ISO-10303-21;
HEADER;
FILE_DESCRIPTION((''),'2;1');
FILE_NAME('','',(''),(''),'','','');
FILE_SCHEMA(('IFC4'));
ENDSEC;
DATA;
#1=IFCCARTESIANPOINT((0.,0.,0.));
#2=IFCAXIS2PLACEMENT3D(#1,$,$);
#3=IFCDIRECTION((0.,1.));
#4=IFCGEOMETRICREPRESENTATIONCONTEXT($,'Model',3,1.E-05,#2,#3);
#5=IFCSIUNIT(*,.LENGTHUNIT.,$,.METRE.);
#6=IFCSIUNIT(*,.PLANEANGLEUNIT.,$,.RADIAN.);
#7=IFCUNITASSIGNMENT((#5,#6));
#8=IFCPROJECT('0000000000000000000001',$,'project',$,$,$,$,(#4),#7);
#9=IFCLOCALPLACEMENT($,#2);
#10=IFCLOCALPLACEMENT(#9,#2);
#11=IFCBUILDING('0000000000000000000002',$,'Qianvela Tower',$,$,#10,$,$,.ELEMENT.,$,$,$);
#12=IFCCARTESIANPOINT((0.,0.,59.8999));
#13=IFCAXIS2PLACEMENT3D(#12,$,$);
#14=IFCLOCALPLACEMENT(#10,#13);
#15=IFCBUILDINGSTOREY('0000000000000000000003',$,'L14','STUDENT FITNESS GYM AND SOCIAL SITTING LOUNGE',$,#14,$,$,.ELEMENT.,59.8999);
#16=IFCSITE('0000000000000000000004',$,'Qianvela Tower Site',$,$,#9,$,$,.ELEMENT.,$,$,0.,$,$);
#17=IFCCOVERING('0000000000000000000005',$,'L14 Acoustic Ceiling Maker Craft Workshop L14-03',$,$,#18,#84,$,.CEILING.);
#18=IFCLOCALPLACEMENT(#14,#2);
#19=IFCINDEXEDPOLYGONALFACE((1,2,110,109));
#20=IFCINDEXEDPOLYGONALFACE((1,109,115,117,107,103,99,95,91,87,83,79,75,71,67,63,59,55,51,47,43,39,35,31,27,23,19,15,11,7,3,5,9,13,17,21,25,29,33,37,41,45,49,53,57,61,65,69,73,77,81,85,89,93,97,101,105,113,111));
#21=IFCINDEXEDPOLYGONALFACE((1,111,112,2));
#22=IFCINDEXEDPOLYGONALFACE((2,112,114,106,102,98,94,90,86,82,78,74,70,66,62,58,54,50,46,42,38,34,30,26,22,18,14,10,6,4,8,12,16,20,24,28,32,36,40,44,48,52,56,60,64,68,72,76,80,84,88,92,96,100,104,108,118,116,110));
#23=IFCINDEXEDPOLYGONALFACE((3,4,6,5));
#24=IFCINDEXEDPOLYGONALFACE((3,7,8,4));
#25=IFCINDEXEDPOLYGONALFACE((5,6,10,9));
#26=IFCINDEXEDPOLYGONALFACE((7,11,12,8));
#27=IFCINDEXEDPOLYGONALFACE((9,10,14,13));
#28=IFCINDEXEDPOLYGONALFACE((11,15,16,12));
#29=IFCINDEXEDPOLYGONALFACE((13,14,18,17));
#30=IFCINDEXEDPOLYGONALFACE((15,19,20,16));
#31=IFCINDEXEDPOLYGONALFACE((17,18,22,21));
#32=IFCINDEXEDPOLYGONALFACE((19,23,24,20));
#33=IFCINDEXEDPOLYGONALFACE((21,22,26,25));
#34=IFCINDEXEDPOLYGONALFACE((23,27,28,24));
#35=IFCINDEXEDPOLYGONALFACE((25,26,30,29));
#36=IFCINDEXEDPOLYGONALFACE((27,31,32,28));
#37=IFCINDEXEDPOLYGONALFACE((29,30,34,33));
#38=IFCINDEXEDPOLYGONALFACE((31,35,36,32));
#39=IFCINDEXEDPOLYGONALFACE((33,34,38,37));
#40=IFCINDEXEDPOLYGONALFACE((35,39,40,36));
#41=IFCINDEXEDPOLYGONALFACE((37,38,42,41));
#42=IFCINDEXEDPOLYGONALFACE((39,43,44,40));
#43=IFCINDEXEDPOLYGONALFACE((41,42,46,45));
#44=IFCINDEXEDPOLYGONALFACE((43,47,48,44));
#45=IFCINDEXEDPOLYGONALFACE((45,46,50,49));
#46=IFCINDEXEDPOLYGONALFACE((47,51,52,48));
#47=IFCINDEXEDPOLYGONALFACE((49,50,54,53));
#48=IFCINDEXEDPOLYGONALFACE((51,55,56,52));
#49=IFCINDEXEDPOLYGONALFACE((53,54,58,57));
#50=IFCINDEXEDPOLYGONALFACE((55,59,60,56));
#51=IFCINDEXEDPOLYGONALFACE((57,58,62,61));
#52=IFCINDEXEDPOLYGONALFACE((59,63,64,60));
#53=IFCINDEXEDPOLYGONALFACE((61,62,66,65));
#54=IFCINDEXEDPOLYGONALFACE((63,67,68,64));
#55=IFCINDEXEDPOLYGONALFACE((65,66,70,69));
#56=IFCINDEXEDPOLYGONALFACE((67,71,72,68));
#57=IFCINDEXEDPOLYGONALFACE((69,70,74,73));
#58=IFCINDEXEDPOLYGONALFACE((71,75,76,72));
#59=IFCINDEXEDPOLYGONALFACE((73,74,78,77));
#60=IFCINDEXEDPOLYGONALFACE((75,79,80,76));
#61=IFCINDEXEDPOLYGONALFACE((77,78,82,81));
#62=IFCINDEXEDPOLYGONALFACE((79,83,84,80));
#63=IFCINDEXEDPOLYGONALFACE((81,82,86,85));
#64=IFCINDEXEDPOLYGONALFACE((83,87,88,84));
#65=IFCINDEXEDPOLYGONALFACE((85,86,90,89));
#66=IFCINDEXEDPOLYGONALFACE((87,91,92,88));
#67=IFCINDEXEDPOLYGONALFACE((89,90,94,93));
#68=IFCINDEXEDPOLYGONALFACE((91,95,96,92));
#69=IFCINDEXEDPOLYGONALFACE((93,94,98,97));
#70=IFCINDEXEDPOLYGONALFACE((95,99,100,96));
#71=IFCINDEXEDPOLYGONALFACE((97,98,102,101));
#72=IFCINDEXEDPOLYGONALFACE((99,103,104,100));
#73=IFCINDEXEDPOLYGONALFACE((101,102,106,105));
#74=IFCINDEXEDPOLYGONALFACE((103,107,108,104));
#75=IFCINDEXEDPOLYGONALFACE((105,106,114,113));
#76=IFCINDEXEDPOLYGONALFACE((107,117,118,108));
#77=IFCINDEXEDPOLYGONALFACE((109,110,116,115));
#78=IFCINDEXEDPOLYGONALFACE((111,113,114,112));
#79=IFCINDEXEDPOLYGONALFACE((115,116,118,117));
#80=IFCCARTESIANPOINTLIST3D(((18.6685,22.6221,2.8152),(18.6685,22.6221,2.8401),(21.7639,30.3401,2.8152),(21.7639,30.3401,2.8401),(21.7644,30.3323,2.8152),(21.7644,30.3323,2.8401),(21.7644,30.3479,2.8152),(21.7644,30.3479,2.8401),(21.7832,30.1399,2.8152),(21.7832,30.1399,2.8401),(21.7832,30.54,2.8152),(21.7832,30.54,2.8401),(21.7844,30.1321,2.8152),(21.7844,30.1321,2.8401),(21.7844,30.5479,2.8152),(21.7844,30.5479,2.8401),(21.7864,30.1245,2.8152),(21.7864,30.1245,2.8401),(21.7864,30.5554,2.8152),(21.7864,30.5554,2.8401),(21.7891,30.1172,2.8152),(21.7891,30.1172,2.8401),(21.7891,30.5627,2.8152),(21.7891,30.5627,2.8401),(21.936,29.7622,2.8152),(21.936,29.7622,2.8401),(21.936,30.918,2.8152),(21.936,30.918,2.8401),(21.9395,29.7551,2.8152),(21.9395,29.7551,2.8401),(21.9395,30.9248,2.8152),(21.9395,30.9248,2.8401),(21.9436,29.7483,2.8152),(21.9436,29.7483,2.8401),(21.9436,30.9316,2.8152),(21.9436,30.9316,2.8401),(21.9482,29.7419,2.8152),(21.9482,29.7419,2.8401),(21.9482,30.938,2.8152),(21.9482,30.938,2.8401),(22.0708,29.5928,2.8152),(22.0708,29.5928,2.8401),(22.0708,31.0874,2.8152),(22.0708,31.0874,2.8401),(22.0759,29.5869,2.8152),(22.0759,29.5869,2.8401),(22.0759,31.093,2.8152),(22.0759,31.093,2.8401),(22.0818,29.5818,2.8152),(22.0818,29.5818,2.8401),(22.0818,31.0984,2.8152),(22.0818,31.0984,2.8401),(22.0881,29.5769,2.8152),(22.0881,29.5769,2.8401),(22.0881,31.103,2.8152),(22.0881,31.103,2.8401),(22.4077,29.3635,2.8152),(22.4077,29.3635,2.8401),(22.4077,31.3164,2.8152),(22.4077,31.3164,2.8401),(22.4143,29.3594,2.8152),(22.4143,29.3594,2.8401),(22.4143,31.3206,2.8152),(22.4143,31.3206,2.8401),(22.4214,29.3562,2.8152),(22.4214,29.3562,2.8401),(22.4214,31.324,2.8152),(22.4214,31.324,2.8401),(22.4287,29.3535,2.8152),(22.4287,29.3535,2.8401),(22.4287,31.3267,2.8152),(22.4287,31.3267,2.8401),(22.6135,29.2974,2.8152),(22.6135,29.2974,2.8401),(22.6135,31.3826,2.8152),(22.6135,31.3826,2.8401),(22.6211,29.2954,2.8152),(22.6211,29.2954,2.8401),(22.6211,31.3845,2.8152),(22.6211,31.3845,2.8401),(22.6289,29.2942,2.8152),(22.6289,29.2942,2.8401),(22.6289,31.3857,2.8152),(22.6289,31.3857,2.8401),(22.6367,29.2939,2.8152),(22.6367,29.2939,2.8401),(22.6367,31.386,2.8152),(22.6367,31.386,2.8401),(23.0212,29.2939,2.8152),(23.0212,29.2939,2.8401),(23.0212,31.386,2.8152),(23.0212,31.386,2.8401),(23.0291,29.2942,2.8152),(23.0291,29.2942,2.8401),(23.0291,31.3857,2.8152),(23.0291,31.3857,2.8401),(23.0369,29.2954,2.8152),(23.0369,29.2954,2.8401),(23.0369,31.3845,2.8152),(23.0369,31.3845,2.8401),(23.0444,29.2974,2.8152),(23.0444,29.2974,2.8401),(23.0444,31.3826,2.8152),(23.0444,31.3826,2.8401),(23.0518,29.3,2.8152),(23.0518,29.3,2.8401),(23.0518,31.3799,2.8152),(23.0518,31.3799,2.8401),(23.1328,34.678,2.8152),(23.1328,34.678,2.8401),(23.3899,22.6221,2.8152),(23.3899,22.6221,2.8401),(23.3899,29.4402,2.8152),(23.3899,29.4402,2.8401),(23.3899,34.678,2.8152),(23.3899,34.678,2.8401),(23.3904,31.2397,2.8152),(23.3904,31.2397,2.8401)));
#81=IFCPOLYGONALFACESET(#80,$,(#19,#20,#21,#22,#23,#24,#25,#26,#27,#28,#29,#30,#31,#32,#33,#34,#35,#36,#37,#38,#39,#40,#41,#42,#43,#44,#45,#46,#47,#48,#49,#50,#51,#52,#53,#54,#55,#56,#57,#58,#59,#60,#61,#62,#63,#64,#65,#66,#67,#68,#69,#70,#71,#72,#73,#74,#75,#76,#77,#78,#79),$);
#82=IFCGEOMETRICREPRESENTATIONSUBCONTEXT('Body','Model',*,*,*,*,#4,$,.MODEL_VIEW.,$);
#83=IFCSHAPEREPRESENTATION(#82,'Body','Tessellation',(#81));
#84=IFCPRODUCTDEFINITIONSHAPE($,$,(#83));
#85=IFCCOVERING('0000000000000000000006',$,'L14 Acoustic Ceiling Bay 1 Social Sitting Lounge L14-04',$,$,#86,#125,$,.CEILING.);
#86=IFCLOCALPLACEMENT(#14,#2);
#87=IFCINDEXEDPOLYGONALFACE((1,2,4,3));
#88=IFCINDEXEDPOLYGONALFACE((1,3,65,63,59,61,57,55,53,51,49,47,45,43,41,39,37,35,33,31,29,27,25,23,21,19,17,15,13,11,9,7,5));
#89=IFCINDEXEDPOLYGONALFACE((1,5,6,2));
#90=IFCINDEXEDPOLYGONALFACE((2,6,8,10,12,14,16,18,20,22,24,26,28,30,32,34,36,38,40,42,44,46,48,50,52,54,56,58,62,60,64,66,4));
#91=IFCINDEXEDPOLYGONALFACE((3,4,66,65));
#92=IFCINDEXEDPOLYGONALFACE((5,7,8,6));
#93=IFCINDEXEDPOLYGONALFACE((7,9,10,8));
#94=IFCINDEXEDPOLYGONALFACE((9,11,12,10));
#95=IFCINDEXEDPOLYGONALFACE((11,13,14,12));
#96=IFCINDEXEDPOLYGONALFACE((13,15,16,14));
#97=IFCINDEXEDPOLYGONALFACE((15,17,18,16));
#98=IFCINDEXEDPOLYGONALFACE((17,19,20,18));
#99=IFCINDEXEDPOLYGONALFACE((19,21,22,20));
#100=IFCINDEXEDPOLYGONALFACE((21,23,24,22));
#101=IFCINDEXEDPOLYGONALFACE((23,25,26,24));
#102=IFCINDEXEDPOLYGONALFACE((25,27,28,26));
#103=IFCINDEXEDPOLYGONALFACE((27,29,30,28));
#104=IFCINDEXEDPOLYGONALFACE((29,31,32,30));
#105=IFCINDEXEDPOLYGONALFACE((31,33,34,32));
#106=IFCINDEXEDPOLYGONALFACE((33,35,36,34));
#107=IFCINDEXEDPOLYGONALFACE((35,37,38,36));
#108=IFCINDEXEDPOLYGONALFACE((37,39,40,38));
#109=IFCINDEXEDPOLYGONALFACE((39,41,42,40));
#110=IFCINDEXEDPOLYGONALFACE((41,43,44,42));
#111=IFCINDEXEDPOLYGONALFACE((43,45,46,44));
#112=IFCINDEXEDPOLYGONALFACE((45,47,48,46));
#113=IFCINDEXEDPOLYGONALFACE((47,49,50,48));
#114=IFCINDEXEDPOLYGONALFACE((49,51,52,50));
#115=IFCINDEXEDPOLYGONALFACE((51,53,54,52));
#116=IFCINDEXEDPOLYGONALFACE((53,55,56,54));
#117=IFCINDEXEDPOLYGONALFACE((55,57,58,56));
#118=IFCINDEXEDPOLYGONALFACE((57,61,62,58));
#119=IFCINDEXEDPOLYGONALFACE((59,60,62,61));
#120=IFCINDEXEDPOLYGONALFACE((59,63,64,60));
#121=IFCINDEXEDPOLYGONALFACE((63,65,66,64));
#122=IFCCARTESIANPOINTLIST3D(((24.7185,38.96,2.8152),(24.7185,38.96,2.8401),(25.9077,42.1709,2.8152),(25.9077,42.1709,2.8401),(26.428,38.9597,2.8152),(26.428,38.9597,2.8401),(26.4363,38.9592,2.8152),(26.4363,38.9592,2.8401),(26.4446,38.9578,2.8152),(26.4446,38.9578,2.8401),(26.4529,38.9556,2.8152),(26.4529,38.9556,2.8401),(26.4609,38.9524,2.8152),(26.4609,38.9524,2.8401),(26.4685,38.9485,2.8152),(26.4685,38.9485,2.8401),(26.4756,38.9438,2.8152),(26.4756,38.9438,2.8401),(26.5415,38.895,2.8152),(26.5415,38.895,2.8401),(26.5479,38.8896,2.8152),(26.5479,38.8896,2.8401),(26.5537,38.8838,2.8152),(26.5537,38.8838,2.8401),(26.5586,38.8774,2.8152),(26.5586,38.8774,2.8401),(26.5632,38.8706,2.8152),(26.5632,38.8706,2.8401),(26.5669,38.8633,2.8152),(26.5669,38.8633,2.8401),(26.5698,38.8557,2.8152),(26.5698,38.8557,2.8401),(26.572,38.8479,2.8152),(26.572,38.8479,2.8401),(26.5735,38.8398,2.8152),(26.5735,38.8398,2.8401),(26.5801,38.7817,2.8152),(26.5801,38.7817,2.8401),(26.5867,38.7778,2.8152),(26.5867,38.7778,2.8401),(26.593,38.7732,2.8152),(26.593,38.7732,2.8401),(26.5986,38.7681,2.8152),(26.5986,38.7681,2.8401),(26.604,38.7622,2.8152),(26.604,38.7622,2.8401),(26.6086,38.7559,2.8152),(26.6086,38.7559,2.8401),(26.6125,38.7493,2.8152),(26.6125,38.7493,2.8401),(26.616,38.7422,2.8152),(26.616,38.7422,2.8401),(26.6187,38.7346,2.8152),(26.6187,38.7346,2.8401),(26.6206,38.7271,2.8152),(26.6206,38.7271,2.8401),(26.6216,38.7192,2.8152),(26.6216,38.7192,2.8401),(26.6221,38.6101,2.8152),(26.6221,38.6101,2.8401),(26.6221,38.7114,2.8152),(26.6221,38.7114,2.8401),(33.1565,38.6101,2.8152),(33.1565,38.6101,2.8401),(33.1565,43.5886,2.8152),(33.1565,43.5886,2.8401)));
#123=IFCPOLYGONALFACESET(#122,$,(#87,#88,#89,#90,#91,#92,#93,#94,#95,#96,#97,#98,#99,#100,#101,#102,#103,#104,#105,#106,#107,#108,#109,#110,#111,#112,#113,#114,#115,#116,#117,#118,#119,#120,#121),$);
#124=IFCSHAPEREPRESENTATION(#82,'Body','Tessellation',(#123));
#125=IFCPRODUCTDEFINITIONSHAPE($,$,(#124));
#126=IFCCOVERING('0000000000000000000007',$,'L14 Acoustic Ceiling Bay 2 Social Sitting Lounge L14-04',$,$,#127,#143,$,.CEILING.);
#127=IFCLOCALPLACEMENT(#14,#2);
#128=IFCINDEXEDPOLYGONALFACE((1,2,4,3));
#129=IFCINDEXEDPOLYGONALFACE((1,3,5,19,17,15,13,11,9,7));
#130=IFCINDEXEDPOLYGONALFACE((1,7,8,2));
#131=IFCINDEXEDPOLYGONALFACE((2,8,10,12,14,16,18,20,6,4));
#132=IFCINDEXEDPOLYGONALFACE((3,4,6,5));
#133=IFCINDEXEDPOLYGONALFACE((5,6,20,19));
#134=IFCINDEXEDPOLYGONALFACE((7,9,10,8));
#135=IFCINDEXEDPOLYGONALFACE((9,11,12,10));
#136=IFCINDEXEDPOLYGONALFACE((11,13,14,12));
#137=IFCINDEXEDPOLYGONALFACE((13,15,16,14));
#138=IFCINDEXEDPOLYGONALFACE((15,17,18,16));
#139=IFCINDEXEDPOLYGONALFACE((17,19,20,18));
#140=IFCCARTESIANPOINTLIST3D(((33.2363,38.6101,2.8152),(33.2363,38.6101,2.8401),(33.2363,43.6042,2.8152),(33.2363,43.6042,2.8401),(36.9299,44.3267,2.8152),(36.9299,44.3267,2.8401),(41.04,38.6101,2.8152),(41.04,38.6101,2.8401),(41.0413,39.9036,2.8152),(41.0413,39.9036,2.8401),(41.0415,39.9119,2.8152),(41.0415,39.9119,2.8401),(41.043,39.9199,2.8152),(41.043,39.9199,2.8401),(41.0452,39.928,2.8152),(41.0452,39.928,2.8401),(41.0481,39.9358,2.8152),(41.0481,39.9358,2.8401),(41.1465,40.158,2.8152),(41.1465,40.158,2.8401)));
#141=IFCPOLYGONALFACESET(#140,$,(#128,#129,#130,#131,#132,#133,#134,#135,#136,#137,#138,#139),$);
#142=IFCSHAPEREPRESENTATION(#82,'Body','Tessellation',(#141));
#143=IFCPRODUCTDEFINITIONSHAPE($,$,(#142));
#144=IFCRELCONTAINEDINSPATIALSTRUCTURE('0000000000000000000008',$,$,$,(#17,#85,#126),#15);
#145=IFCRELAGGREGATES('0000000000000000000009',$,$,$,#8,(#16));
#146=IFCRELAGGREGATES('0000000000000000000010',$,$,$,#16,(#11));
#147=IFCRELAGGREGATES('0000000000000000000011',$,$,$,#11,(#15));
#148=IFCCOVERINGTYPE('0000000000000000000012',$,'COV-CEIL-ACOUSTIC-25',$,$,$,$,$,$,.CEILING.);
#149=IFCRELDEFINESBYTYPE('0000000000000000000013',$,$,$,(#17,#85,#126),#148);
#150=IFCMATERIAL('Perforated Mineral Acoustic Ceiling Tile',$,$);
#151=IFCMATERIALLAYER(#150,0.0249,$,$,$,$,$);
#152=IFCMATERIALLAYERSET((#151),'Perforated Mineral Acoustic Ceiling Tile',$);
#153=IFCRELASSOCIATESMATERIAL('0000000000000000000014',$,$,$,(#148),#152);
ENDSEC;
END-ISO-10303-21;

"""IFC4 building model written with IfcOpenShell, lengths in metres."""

from ifc_helpers import new_model, si_unit, direction, frame, origin, place, context, subcontext, project, spatial, polyline, outline, extrude, material, layer, layer_set, type_object, element, save


model = new_model("IFC4")

# Units and contexts
model_context = context("Model", 3, precision=1e-05, world=origin(), true_north=direction((0.0, 1.0)))
body_context = subcontext(model_context, "Body", "Model", "MODEL_VIEW")
ifc_project = project(units=[si_unit("LENGTHUNIT", "METRE"), si_unit("PLANEANGLEUNIT", "RADIAN")], contexts=[model_context])

# Site, building, storey
site_placement = place(None, origin())
site = spatial("IfcSite", under=ifc_project, at=site_placement, Name="Qianvela Tower Site", CompositionType="ELEMENT", RefElevation=0.0)
building_placement = place(site_placement, origin())
building = spatial("IfcBuilding", under=site, at=building_placement, Name="Qianvela Tower", CompositionType="ELEMENT")
storey_placement = place(building_placement, frame((0.0, 0.0, 59.8999)))
storey = spatial("IfcBuildingStorey", under=building, at=storey_placement, Name="L14", Description="STUDENT FITNESS GYM AND SOCIAL SITTING LOUNGE", CompositionType="ELEMENT", Elevation=59.8999)

# Coverings
ifc_material_1 = material(Name="Perforated Mineral Acoustic Ceiling Tile")
ifc_layer_1 = layer(ifc_material_1, 0.0249)
ifc_layer_set_1 = layer_set([ifc_layer_1], Name="Perforated Mineral Acoustic Ceiling Tile")
covering_type_1 = type_object("IfcCoveringType", Name="COV-CEIL-ACOUSTIC-25", PredefinedType="CEILING", material=ifc_layer_set_1)
covering_1_placement = place(storey_placement, frame((0.0, 0.0, 2.8152)))
element("IfcCovering", 1, at=covering_1_placement, inside=storey, type_object=covering_type_1, Name="L14 Acoustic Ceiling Maker Craft Workshop L14-03", PredefinedType="CEILING", context=body_context, shape_type="SweptSolid", body=[
    extrude(outline(polyline([(23.3899, 29.4402), (23.3899, 22.6221), (18.6685, 22.6221), (23.1328, 34.678), (23.3899, 34.678), (23.3904, 31.2397), (23.0518, 31.3799), (23.0444, 31.3826), (23.0369, 31.3845), (23.0291, 31.3857), (23.0212, 31.386), (22.6367, 31.386), (22.6289, 31.3857), (22.6211, 31.3845), (22.6135, 31.3826), (22.4287, 31.3267), (22.4214, 31.324), (22.4143, 31.3206), (22.4077, 31.3164), (22.0881, 31.103), (22.0818, 31.0984), (22.0759, 31.093), (22.0708, 31.0874), (21.9482, 30.938), (21.9436, 30.9316), (21.9395, 30.9248), (21.936, 30.918), (21.7891, 30.5627), (21.7864, 30.5554), (21.7844, 30.5479), (21.7832, 30.54), (21.7644, 30.3479), (21.7639, 30.3401), (21.7644, 30.3323), (21.7832, 30.1399), (21.7844, 30.1321), (21.7864, 30.1245), (21.7891, 30.1172), (21.936, 29.7622), (21.9395, 29.7551), (21.9436, 29.7483), (21.9482, 29.7419), (22.0708, 29.5928), (22.0759, 29.5869), (22.0818, 29.5818), (22.0881, 29.5769), (22.4077, 29.3635), (22.4143, 29.3594), (22.4214, 29.3562), (22.4287, 29.3535), (22.6135, 29.2974), (22.6211, 29.2954), (22.6289, 29.2942), (22.6367, 29.2939), (23.0212, 29.2939), (23.0291, 29.2942), (23.0369, 29.2954), (23.0444, 29.2974), (23.0518, 29.3), (23.3899, 29.4402)])), origin(), (0.0, 0.0, 1.0), 0.0249),
])
covering_2_placement = place(storey_placement, frame((0.0, 0.0, 2.8152)))
element("IfcCovering", 2, at=covering_2_placement, inside=storey, type_object=covering_type_1, Name="L14 Acoustic Ceiling Bay 1 Social Sitting Lounge L14-04", PredefinedType="CEILING", context=body_context, shape_type="SweptSolid", body=[
    extrude(outline(polyline([(26.572, 38.8479), (26.5698, 38.8557), (26.5669, 38.8633), (26.5632, 38.8706), (26.5586, 38.8774), (26.5537, 38.8838), (26.5479, 38.8896), (26.5415, 38.895), (26.4756, 38.9438), (26.4685, 38.9485), (26.4609, 38.9524), (26.4529, 38.9556), (26.4446, 38.9578), (26.4363, 38.9592), (26.428, 38.9597), (24.7185, 38.96), (25.9077, 42.1709), (33.1565, 43.5886), (33.1565, 38.6101), (26.6221, 38.6101), (26.6221, 38.7114), (26.6216, 38.7192), (26.6206, 38.7271), (26.6187, 38.7346), (26.616, 38.7422), (26.6125, 38.7493), (26.6086, 38.7559), (26.604, 38.7622), (26.5986, 38.7681), (26.593, 38.7732), (26.5867, 38.7778), (26.5801, 38.7817), (26.5735, 38.8398), (26.572, 38.8479)])), origin(), (0.0, 0.0, 1.0), 0.0249),
])
covering_3_placement = place(storey_placement, frame((0.0, 0.0, 2.8152)))
element("IfcCovering", 3, at=covering_3_placement, inside=storey, type_object=covering_type_1, Name="L14 Acoustic Ceiling Bay 2 Social Sitting Lounge L14-04", PredefinedType="CEILING", context=body_context, shape_type="SweptSolid", body=[
    extrude(outline(polyline([(36.9299, 44.3267), (41.1465, 40.158), (41.0481, 39.9358), (41.0452, 39.928), (41.043, 39.9199), (41.0415, 39.9119), (41.0413, 39.9036), (41.04, 38.6101), (33.2363, 38.6101), (33.2363, 43.6042), (36.9299, 44.3267)])), origin(), (0.0, 0.0, 1.0), 0.0249),
])

save(model, "model.ifc")
